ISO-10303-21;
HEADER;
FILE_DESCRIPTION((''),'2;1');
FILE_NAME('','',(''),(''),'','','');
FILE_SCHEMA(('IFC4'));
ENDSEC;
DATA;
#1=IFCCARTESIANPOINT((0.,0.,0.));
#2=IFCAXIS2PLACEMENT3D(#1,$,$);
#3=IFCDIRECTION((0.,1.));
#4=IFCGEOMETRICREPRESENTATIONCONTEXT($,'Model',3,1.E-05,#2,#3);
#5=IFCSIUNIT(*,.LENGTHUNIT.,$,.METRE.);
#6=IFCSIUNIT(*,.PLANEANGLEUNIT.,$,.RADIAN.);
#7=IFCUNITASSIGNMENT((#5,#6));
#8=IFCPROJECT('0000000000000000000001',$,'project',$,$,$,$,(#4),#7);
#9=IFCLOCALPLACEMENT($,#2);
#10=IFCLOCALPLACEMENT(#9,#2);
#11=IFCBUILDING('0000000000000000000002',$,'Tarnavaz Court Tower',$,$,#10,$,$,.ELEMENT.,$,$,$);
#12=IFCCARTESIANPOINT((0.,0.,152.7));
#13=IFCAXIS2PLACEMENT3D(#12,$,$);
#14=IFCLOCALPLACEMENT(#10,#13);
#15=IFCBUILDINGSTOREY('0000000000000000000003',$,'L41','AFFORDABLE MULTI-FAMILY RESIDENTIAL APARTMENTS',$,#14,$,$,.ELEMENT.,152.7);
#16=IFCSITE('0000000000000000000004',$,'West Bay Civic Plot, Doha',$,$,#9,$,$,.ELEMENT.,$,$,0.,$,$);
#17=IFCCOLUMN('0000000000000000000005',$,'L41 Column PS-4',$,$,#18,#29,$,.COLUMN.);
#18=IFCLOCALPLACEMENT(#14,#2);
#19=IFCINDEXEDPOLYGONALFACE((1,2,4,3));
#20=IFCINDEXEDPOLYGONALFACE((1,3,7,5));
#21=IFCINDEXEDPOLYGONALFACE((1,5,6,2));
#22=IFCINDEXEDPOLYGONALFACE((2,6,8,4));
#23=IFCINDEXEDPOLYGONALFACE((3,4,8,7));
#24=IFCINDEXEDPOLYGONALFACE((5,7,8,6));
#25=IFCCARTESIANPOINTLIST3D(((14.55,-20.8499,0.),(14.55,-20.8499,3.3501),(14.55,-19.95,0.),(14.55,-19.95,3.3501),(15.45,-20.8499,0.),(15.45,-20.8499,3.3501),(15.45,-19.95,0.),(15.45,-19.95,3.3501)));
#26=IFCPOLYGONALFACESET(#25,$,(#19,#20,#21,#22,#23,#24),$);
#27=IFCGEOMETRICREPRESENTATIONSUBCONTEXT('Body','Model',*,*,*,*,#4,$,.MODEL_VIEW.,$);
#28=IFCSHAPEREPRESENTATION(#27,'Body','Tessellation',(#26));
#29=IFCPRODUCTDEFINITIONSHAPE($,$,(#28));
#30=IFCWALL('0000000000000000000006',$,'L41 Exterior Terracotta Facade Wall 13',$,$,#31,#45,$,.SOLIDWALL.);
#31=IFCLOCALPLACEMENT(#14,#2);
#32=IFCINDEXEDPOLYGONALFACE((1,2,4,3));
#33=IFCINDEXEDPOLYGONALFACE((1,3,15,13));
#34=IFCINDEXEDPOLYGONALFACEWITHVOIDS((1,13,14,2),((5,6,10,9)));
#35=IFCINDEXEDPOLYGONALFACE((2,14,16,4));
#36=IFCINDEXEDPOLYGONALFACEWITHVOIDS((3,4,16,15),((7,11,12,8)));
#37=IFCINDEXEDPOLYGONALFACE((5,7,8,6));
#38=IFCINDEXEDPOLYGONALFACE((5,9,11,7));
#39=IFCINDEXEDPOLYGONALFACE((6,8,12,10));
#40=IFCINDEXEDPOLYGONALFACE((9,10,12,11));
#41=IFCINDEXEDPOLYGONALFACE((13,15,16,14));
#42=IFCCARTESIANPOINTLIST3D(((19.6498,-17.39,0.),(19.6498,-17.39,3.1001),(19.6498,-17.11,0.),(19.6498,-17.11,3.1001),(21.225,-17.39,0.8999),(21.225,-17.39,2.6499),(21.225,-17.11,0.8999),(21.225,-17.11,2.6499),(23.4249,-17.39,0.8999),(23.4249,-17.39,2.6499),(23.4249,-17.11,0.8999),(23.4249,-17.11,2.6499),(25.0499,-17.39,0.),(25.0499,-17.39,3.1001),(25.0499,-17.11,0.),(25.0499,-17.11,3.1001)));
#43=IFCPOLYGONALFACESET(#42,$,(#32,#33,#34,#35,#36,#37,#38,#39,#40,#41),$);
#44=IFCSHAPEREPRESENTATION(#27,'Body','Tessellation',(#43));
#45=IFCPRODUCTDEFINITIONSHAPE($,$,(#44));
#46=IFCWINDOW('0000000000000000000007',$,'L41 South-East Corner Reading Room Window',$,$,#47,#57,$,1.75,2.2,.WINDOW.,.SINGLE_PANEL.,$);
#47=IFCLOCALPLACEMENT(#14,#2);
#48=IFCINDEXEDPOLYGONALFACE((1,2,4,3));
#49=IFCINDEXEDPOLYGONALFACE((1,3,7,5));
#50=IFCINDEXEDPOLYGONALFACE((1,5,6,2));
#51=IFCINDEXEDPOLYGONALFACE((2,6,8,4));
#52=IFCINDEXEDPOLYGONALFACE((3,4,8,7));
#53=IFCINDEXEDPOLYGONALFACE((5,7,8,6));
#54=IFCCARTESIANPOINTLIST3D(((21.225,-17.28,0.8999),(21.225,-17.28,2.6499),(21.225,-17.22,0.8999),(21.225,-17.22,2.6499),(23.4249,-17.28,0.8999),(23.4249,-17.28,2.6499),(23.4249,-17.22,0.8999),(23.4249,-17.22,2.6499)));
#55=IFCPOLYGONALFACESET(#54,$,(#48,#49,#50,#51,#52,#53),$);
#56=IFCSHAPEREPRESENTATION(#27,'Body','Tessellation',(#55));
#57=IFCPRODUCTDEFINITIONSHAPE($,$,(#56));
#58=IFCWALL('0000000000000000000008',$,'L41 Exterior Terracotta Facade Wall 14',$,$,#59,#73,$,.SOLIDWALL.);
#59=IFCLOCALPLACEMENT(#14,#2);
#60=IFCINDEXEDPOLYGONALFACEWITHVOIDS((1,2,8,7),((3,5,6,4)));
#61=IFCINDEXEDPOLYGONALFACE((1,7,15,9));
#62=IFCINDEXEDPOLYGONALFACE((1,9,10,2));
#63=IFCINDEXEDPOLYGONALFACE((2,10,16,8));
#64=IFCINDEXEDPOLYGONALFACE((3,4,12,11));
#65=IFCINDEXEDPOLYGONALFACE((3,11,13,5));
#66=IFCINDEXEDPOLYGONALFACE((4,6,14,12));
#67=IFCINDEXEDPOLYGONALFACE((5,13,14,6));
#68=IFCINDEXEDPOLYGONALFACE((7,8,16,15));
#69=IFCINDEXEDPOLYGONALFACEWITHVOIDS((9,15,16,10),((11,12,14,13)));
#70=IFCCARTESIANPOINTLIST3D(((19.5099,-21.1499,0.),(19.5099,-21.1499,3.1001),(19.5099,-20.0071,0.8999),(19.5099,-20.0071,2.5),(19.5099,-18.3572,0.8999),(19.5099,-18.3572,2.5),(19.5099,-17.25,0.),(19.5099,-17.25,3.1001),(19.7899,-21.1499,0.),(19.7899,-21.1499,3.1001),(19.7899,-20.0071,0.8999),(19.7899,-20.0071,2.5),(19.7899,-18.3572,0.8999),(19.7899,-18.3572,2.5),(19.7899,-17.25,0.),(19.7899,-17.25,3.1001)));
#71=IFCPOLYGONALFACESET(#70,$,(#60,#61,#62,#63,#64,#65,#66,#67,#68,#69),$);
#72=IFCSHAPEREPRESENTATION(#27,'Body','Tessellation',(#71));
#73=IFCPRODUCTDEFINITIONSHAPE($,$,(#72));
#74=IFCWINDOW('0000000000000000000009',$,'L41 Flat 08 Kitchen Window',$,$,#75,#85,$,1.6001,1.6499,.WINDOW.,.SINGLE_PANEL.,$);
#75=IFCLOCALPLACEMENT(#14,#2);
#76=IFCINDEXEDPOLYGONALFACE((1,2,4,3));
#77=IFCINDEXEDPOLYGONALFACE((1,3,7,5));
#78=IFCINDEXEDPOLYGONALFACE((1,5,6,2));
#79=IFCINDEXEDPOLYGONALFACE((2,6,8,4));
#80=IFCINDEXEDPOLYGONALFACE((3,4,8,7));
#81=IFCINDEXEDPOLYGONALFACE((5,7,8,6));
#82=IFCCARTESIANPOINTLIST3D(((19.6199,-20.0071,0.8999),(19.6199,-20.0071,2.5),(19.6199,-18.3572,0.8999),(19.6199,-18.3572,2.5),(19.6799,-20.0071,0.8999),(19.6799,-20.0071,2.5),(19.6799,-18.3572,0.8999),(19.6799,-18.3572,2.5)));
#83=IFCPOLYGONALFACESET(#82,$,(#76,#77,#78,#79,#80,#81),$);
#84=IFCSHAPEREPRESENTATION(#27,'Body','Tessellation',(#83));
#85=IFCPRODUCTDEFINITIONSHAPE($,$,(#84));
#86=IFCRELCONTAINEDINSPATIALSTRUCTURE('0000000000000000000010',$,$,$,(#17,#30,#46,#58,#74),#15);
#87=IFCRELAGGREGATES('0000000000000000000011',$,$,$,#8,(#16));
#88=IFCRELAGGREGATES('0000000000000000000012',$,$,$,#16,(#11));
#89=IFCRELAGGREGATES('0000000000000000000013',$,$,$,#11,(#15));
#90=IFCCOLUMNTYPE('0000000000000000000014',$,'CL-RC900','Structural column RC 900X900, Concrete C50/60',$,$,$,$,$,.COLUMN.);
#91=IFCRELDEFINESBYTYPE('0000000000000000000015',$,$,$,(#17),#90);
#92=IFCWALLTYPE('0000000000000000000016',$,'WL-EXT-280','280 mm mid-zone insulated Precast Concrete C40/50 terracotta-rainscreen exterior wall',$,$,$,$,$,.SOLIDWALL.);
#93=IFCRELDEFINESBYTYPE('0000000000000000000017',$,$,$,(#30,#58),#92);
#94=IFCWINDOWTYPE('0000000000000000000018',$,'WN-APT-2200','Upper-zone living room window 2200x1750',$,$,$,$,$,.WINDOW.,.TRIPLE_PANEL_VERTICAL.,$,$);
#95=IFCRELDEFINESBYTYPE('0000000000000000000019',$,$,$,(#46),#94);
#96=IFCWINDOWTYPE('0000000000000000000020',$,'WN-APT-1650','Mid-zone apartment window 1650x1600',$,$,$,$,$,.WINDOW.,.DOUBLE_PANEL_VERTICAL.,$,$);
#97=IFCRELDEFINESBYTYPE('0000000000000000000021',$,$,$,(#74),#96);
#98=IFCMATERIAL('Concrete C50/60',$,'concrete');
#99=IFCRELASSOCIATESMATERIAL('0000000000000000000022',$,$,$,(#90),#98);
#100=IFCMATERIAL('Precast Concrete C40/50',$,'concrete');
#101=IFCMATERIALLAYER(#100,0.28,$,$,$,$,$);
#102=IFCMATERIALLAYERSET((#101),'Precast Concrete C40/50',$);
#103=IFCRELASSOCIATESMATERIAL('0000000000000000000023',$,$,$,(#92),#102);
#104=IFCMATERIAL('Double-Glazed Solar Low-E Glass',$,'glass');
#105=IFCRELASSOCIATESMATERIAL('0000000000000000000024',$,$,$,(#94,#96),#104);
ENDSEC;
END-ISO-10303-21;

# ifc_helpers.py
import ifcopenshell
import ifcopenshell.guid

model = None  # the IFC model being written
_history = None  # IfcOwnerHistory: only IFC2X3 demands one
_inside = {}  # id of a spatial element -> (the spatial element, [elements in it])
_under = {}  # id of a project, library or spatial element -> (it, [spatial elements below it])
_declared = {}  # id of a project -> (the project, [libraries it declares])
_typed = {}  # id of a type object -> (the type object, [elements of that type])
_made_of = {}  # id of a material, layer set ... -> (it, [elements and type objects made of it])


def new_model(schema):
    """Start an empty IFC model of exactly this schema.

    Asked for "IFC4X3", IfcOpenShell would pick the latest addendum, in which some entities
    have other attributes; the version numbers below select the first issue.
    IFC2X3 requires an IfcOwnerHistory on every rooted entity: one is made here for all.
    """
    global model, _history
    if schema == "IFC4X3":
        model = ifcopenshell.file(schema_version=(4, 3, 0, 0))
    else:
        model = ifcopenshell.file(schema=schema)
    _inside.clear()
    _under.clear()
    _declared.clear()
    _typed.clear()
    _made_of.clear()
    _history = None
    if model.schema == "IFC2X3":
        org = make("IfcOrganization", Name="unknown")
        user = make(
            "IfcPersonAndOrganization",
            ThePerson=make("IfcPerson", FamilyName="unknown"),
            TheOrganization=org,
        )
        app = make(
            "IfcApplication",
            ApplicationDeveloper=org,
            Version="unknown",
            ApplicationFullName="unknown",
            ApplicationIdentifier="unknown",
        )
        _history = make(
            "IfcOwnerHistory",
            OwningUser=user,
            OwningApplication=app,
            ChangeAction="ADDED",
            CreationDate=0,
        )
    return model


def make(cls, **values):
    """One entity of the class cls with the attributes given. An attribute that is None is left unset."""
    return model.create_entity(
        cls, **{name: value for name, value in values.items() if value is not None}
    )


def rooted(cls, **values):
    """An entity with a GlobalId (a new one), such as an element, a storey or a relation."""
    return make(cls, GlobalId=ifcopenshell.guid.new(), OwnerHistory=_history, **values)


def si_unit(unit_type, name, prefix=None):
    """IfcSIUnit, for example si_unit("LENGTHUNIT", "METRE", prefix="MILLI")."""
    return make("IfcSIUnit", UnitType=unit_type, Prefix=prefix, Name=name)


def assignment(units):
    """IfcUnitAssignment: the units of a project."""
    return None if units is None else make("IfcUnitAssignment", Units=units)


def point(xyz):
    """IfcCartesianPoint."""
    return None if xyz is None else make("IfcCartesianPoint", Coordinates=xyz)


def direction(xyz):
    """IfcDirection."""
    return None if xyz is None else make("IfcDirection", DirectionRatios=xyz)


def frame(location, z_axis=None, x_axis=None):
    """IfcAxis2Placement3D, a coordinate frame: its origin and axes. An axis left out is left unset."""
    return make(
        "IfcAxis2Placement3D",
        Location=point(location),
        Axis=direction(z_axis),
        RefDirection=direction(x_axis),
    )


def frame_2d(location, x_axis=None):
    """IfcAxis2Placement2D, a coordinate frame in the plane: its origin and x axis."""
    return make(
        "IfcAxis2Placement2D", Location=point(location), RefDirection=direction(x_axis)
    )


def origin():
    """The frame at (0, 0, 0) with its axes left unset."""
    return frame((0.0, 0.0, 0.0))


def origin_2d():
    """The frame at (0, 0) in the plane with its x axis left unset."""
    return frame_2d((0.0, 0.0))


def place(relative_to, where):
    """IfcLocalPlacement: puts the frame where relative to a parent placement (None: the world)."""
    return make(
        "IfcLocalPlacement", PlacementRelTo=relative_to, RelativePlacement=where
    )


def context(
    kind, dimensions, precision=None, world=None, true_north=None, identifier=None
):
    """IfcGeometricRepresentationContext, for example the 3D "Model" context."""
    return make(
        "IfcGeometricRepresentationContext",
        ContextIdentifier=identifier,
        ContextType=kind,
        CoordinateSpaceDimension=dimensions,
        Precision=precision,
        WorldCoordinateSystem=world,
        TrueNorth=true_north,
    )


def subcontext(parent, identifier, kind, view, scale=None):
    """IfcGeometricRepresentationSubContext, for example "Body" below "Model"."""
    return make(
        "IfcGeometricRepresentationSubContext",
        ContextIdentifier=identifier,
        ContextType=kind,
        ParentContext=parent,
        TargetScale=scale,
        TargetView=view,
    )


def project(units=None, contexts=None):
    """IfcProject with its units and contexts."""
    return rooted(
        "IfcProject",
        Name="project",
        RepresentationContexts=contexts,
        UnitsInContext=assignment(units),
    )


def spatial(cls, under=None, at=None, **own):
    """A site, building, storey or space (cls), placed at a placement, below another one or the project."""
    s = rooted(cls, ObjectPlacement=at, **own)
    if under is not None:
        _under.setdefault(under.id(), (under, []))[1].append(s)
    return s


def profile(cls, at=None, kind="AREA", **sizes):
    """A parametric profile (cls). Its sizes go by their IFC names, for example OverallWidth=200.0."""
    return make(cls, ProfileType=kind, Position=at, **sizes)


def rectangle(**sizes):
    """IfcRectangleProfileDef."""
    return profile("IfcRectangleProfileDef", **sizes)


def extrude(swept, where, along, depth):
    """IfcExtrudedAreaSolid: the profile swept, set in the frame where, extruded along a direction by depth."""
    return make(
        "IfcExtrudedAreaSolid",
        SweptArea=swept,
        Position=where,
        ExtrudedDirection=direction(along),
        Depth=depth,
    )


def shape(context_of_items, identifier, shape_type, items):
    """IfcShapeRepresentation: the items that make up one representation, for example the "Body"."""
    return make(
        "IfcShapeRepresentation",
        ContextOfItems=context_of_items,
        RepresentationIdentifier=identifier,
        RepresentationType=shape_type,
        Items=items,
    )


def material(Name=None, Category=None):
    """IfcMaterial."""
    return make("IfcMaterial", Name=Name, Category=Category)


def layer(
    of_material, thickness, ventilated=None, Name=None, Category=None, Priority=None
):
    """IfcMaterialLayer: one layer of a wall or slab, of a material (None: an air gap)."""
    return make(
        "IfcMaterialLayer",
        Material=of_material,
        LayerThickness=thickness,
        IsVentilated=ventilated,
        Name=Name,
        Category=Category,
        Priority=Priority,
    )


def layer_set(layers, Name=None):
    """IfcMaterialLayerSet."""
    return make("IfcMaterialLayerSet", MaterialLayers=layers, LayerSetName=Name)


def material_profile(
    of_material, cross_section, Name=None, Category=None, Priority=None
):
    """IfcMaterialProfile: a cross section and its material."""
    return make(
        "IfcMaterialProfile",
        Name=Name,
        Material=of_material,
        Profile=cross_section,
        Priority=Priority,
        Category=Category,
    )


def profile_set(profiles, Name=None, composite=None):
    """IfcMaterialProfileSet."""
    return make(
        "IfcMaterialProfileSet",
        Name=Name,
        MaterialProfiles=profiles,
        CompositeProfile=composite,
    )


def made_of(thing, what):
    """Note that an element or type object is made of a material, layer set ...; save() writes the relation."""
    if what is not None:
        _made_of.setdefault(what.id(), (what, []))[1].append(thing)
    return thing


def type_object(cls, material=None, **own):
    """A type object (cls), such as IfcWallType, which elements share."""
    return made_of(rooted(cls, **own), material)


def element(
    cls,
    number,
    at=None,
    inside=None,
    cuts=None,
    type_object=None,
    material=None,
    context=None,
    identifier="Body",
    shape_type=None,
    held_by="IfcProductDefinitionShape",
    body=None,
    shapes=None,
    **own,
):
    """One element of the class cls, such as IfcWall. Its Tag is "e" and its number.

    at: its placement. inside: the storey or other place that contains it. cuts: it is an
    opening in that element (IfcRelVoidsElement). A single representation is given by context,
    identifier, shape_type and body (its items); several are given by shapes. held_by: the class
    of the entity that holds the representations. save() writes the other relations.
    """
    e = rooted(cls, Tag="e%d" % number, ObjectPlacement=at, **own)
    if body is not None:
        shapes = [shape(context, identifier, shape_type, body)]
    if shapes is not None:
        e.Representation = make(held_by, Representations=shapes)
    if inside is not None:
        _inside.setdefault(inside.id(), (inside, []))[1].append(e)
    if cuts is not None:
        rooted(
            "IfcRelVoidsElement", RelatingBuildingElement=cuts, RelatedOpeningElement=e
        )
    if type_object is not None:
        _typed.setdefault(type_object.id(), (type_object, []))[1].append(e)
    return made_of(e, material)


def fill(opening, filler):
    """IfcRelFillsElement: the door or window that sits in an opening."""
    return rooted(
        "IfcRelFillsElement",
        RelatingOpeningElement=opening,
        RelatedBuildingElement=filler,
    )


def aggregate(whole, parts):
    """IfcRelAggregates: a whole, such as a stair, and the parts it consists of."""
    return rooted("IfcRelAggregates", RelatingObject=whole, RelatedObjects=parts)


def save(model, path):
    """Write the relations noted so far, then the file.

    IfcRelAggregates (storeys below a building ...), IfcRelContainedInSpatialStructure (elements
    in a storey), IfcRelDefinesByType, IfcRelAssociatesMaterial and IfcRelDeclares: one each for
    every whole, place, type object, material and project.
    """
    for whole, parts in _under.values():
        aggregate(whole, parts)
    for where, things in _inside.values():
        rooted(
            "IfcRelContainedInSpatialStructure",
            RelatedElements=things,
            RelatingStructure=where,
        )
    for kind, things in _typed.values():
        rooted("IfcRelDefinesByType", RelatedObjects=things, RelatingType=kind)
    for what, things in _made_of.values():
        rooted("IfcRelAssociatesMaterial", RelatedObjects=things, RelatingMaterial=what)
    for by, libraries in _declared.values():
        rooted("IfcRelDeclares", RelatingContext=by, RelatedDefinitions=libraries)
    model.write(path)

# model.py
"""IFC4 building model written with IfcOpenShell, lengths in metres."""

from ifc_helpers import new_model, si_unit, direction, frame, frame_2d, origin, origin_2d, place, context, subcontext, project, spatial, rectangle, extrude, material, layer, layer_set, material_profile, profile_set, type_object, element, fill, save


model = new_model("IFC4")

# Units and contexts
model_context = context("Model", 3, precision=1e-05, world=origin(), true_north=direction((0.0, 1.0)))
body_context = subcontext(model_context, "Body", "Model", "MODEL_VIEW")
ifc_project = project(units=[si_unit("LENGTHUNIT", "METRE"), si_unit("PLANEANGLEUNIT", "RADIAN")], contexts=[model_context])

# Site, building, storey
site_placement = place(None, origin())
site = spatial("IfcSite", under=ifc_project, at=site_placement, Name="West Bay Civic Plot, Doha", CompositionType="ELEMENT", RefElevation=0.0)
building_placement = place(site_placement, origin())
building = spatial("IfcBuilding", under=site, at=building_placement, Name="Tarnavaz Court Tower", CompositionType="ELEMENT")
storey_placement = place(building_placement, frame((0.0, 0.0, 152.7)))
storey = spatial("IfcBuildingStorey", under=building, at=storey_placement, Name="L41", Description="AFFORDABLE MULTI-FAMILY RESIDENTIAL APARTMENTS", CompositionType="ELEMENT", Elevation=152.7)

# Column
ifc_material_1 = material(Name="Concrete C50/60", Category="concrete")
ifc_material_profile_1 = material_profile(ifc_material_1, rectangle(XDim=0.8999, YDim=0.8999, at=origin_2d()), Name="RC 900X900")
ifc_profile_set_1 = profile_set([ifc_material_profile_1], Name="Concrete C50/60")
column_type = type_object("IfcColumnType", Name="CL-RC900", Description="Structural column RC 900X900, Concrete C50/60", PredefinedType="COLUMN", material=ifc_profile_set_1)
column_placement = place(storey_placement, frame((15.0, -20.3999, 0.0), z_axis=(0.0, 0.0, 1.0), x_axis=(1.0, 0.0, 0.0)))
element("IfcColumn", 1, at=column_placement, inside=storey, type_object=column_type, Name="L41 Column PS-4", PredefinedType="COLUMN", context=body_context, shape_type="SweptSolid", body=[
    extrude(rectangle(XDim=0.8999, YDim=0.8999, at=origin_2d()), origin(), (0.0, 0.0, 1.0), 3.3501),
])

# Walls, openings, windows
ifc_material_2 = material(Name="Precast Concrete C40/50", Category="concrete")
ifc_layer_1 = layer(ifc_material_2, 0.28)
ifc_layer_set_1 = layer_set([ifc_layer_1], Name="Precast Concrete C40/50")
wall_type_1 = type_object("IfcWallType", Name="WL-EXT-280", Description="280 mm mid-zone insulated Precast Concrete C40/50 terracotta-rainscreen exterior wall", PredefinedType="SOLIDWALL", material=ifc_layer_set_1)
wall_1_placement = place(storey_placement, frame((25.05, -17.25, 0.0), z_axis=(0.0, 0.0, 1.0), x_axis=(-1.0, 0.0, 0.0)))
wall_1 = element("IfcWall", 2, at=wall_1_placement, inside=storey, type_object=wall_type_1, Name="L41 Exterior Terracotta Facade Wall 13", PredefinedType="SOLIDWALL", context=body_context, shape_type="SweptSolid", body=[
    extrude(rectangle(XDim=5.4001, YDim=0.28, at=frame_2d((2.7002, 0.0))), origin(), (0.0, 0.0, 1.0), 3.1001),
])
opening_1_placement = place(wall_1_placement, frame((1.625, 0.0, 0.8999)))
opening_1 = element("IfcOpeningElement", 3, at=opening_1_placement, cuts=wall_1, PredefinedType="OPENING", context=body_context, shape_type="SweptSolid", body=[
    extrude(rectangle(XDim=2.2, YDim=1.75, at=frame_2d((1.1001, 0.875))), frame((0.0, 0.1499, 0.0), z_axis=(0.0, -1.0, 0.0), x_axis=(1.0, 0.0, 0.0)), (0.0, 0.0, 1.0), 0.3),
])
ifc_material_3 = material(Name="Double-Glazed Solar Low-E Glass", Category="glass")
window_type_1 = type_object("IfcWindowType", Name="WN-APT-2200", Description="Upper-zone living room window 2200x1750", PartitioningType="TRIPLE_PANEL_VERTICAL", PredefinedType="WINDOW", material=ifc_material_3)
window_1_placement = place(opening_1_placement, origin())
window_1 = element("IfcWindow", 4, at=window_1_placement, inside=storey, type_object=window_type_1, Name="L41 South-East Corner Reading Room Window", OverallHeight=1.75, OverallWidth=2.2, PartitioningType="SINGLE_PANEL", PredefinedType="WINDOW", context=body_context, shape_type="SweptSolid", body=[
    extrude(rectangle(XDim=2.2, YDim=1.75, at=frame_2d((1.1001, 0.875))), frame((0.0, 0.03, 0.0), z_axis=(0.0, -1.0, 0.0), x_axis=(1.0, 0.0, 0.0)), (0.0, 0.0, 1.0), 0.0601),
])
fill(opening_1, window_1)
wall_2_placement = place(storey_placement, frame((19.6499, -17.25, 0.0), z_axis=(0.0, 0.0, 1.0), x_axis=(0.0, -1.0, 0.0)))
wall_2 = element("IfcWall", 5, at=wall_2_placement, inside=storey, type_object=wall_type_1, Name="L41 Exterior Terracotta Facade Wall 14", PredefinedType="SOLIDWALL", context=body_context, shape_type="SweptSolid", body=[
    extrude(rectangle(XDim=3.8999, YDim=0.28, at=frame_2d((1.95, 0.0))), origin(), (0.0, 0.0, 1.0), 3.1001),
])
opening_2_placement = place(wall_2_placement, frame((1.1072, 0.0, 0.8999)))
opening_2 = element("IfcOpeningElement", 6, at=opening_2_placement, cuts=wall_2, PredefinedType="OPENING", context=body_context, shape_type="SweptSolid", body=[
    extrude(rectangle(XDim=1.6499, YDim=1.6001, at=frame_2d((0.825, 0.8))), frame((0.0, 0.1499, 0.0), z_axis=(0.0, -1.0, 0.0), x_axis=(1.0, 0.0, 0.0)), (0.0, 0.0, 1.0), 0.3),
])
window_type_2 = type_object("IfcWindowType", Name="WN-APT-1650", Description="Mid-zone apartment window 1650x1600", PartitioningType="DOUBLE_PANEL_VERTICAL", PredefinedType="WINDOW", material=ifc_material_3)
window_2_placement = place(opening_2_placement, origin())
window_2 = element("IfcWindow", 7, at=window_2_placement, inside=storey, type_object=window_type_2, Name="L41 Flat 08 Kitchen Window", OverallHeight=1.6001, OverallWidth=1.6499, PartitioningType="SINGLE_PANEL", PredefinedType="WINDOW", context=body_context, shape_type="SweptSolid", body=[
    extrude(rectangle(XDim=1.6499, YDim=1.6001, at=frame_2d((0.825, 0.8))), frame((0.0, 0.03, 0.0), z_axis=(0.0, -1.0, 0.0), x_axis=(1.0, 0.0, 0.0)), (0.0, 0.0, 1.0), 0.0601),
])
fill(opening_2, window_2)

save(model, "model.ifc")
